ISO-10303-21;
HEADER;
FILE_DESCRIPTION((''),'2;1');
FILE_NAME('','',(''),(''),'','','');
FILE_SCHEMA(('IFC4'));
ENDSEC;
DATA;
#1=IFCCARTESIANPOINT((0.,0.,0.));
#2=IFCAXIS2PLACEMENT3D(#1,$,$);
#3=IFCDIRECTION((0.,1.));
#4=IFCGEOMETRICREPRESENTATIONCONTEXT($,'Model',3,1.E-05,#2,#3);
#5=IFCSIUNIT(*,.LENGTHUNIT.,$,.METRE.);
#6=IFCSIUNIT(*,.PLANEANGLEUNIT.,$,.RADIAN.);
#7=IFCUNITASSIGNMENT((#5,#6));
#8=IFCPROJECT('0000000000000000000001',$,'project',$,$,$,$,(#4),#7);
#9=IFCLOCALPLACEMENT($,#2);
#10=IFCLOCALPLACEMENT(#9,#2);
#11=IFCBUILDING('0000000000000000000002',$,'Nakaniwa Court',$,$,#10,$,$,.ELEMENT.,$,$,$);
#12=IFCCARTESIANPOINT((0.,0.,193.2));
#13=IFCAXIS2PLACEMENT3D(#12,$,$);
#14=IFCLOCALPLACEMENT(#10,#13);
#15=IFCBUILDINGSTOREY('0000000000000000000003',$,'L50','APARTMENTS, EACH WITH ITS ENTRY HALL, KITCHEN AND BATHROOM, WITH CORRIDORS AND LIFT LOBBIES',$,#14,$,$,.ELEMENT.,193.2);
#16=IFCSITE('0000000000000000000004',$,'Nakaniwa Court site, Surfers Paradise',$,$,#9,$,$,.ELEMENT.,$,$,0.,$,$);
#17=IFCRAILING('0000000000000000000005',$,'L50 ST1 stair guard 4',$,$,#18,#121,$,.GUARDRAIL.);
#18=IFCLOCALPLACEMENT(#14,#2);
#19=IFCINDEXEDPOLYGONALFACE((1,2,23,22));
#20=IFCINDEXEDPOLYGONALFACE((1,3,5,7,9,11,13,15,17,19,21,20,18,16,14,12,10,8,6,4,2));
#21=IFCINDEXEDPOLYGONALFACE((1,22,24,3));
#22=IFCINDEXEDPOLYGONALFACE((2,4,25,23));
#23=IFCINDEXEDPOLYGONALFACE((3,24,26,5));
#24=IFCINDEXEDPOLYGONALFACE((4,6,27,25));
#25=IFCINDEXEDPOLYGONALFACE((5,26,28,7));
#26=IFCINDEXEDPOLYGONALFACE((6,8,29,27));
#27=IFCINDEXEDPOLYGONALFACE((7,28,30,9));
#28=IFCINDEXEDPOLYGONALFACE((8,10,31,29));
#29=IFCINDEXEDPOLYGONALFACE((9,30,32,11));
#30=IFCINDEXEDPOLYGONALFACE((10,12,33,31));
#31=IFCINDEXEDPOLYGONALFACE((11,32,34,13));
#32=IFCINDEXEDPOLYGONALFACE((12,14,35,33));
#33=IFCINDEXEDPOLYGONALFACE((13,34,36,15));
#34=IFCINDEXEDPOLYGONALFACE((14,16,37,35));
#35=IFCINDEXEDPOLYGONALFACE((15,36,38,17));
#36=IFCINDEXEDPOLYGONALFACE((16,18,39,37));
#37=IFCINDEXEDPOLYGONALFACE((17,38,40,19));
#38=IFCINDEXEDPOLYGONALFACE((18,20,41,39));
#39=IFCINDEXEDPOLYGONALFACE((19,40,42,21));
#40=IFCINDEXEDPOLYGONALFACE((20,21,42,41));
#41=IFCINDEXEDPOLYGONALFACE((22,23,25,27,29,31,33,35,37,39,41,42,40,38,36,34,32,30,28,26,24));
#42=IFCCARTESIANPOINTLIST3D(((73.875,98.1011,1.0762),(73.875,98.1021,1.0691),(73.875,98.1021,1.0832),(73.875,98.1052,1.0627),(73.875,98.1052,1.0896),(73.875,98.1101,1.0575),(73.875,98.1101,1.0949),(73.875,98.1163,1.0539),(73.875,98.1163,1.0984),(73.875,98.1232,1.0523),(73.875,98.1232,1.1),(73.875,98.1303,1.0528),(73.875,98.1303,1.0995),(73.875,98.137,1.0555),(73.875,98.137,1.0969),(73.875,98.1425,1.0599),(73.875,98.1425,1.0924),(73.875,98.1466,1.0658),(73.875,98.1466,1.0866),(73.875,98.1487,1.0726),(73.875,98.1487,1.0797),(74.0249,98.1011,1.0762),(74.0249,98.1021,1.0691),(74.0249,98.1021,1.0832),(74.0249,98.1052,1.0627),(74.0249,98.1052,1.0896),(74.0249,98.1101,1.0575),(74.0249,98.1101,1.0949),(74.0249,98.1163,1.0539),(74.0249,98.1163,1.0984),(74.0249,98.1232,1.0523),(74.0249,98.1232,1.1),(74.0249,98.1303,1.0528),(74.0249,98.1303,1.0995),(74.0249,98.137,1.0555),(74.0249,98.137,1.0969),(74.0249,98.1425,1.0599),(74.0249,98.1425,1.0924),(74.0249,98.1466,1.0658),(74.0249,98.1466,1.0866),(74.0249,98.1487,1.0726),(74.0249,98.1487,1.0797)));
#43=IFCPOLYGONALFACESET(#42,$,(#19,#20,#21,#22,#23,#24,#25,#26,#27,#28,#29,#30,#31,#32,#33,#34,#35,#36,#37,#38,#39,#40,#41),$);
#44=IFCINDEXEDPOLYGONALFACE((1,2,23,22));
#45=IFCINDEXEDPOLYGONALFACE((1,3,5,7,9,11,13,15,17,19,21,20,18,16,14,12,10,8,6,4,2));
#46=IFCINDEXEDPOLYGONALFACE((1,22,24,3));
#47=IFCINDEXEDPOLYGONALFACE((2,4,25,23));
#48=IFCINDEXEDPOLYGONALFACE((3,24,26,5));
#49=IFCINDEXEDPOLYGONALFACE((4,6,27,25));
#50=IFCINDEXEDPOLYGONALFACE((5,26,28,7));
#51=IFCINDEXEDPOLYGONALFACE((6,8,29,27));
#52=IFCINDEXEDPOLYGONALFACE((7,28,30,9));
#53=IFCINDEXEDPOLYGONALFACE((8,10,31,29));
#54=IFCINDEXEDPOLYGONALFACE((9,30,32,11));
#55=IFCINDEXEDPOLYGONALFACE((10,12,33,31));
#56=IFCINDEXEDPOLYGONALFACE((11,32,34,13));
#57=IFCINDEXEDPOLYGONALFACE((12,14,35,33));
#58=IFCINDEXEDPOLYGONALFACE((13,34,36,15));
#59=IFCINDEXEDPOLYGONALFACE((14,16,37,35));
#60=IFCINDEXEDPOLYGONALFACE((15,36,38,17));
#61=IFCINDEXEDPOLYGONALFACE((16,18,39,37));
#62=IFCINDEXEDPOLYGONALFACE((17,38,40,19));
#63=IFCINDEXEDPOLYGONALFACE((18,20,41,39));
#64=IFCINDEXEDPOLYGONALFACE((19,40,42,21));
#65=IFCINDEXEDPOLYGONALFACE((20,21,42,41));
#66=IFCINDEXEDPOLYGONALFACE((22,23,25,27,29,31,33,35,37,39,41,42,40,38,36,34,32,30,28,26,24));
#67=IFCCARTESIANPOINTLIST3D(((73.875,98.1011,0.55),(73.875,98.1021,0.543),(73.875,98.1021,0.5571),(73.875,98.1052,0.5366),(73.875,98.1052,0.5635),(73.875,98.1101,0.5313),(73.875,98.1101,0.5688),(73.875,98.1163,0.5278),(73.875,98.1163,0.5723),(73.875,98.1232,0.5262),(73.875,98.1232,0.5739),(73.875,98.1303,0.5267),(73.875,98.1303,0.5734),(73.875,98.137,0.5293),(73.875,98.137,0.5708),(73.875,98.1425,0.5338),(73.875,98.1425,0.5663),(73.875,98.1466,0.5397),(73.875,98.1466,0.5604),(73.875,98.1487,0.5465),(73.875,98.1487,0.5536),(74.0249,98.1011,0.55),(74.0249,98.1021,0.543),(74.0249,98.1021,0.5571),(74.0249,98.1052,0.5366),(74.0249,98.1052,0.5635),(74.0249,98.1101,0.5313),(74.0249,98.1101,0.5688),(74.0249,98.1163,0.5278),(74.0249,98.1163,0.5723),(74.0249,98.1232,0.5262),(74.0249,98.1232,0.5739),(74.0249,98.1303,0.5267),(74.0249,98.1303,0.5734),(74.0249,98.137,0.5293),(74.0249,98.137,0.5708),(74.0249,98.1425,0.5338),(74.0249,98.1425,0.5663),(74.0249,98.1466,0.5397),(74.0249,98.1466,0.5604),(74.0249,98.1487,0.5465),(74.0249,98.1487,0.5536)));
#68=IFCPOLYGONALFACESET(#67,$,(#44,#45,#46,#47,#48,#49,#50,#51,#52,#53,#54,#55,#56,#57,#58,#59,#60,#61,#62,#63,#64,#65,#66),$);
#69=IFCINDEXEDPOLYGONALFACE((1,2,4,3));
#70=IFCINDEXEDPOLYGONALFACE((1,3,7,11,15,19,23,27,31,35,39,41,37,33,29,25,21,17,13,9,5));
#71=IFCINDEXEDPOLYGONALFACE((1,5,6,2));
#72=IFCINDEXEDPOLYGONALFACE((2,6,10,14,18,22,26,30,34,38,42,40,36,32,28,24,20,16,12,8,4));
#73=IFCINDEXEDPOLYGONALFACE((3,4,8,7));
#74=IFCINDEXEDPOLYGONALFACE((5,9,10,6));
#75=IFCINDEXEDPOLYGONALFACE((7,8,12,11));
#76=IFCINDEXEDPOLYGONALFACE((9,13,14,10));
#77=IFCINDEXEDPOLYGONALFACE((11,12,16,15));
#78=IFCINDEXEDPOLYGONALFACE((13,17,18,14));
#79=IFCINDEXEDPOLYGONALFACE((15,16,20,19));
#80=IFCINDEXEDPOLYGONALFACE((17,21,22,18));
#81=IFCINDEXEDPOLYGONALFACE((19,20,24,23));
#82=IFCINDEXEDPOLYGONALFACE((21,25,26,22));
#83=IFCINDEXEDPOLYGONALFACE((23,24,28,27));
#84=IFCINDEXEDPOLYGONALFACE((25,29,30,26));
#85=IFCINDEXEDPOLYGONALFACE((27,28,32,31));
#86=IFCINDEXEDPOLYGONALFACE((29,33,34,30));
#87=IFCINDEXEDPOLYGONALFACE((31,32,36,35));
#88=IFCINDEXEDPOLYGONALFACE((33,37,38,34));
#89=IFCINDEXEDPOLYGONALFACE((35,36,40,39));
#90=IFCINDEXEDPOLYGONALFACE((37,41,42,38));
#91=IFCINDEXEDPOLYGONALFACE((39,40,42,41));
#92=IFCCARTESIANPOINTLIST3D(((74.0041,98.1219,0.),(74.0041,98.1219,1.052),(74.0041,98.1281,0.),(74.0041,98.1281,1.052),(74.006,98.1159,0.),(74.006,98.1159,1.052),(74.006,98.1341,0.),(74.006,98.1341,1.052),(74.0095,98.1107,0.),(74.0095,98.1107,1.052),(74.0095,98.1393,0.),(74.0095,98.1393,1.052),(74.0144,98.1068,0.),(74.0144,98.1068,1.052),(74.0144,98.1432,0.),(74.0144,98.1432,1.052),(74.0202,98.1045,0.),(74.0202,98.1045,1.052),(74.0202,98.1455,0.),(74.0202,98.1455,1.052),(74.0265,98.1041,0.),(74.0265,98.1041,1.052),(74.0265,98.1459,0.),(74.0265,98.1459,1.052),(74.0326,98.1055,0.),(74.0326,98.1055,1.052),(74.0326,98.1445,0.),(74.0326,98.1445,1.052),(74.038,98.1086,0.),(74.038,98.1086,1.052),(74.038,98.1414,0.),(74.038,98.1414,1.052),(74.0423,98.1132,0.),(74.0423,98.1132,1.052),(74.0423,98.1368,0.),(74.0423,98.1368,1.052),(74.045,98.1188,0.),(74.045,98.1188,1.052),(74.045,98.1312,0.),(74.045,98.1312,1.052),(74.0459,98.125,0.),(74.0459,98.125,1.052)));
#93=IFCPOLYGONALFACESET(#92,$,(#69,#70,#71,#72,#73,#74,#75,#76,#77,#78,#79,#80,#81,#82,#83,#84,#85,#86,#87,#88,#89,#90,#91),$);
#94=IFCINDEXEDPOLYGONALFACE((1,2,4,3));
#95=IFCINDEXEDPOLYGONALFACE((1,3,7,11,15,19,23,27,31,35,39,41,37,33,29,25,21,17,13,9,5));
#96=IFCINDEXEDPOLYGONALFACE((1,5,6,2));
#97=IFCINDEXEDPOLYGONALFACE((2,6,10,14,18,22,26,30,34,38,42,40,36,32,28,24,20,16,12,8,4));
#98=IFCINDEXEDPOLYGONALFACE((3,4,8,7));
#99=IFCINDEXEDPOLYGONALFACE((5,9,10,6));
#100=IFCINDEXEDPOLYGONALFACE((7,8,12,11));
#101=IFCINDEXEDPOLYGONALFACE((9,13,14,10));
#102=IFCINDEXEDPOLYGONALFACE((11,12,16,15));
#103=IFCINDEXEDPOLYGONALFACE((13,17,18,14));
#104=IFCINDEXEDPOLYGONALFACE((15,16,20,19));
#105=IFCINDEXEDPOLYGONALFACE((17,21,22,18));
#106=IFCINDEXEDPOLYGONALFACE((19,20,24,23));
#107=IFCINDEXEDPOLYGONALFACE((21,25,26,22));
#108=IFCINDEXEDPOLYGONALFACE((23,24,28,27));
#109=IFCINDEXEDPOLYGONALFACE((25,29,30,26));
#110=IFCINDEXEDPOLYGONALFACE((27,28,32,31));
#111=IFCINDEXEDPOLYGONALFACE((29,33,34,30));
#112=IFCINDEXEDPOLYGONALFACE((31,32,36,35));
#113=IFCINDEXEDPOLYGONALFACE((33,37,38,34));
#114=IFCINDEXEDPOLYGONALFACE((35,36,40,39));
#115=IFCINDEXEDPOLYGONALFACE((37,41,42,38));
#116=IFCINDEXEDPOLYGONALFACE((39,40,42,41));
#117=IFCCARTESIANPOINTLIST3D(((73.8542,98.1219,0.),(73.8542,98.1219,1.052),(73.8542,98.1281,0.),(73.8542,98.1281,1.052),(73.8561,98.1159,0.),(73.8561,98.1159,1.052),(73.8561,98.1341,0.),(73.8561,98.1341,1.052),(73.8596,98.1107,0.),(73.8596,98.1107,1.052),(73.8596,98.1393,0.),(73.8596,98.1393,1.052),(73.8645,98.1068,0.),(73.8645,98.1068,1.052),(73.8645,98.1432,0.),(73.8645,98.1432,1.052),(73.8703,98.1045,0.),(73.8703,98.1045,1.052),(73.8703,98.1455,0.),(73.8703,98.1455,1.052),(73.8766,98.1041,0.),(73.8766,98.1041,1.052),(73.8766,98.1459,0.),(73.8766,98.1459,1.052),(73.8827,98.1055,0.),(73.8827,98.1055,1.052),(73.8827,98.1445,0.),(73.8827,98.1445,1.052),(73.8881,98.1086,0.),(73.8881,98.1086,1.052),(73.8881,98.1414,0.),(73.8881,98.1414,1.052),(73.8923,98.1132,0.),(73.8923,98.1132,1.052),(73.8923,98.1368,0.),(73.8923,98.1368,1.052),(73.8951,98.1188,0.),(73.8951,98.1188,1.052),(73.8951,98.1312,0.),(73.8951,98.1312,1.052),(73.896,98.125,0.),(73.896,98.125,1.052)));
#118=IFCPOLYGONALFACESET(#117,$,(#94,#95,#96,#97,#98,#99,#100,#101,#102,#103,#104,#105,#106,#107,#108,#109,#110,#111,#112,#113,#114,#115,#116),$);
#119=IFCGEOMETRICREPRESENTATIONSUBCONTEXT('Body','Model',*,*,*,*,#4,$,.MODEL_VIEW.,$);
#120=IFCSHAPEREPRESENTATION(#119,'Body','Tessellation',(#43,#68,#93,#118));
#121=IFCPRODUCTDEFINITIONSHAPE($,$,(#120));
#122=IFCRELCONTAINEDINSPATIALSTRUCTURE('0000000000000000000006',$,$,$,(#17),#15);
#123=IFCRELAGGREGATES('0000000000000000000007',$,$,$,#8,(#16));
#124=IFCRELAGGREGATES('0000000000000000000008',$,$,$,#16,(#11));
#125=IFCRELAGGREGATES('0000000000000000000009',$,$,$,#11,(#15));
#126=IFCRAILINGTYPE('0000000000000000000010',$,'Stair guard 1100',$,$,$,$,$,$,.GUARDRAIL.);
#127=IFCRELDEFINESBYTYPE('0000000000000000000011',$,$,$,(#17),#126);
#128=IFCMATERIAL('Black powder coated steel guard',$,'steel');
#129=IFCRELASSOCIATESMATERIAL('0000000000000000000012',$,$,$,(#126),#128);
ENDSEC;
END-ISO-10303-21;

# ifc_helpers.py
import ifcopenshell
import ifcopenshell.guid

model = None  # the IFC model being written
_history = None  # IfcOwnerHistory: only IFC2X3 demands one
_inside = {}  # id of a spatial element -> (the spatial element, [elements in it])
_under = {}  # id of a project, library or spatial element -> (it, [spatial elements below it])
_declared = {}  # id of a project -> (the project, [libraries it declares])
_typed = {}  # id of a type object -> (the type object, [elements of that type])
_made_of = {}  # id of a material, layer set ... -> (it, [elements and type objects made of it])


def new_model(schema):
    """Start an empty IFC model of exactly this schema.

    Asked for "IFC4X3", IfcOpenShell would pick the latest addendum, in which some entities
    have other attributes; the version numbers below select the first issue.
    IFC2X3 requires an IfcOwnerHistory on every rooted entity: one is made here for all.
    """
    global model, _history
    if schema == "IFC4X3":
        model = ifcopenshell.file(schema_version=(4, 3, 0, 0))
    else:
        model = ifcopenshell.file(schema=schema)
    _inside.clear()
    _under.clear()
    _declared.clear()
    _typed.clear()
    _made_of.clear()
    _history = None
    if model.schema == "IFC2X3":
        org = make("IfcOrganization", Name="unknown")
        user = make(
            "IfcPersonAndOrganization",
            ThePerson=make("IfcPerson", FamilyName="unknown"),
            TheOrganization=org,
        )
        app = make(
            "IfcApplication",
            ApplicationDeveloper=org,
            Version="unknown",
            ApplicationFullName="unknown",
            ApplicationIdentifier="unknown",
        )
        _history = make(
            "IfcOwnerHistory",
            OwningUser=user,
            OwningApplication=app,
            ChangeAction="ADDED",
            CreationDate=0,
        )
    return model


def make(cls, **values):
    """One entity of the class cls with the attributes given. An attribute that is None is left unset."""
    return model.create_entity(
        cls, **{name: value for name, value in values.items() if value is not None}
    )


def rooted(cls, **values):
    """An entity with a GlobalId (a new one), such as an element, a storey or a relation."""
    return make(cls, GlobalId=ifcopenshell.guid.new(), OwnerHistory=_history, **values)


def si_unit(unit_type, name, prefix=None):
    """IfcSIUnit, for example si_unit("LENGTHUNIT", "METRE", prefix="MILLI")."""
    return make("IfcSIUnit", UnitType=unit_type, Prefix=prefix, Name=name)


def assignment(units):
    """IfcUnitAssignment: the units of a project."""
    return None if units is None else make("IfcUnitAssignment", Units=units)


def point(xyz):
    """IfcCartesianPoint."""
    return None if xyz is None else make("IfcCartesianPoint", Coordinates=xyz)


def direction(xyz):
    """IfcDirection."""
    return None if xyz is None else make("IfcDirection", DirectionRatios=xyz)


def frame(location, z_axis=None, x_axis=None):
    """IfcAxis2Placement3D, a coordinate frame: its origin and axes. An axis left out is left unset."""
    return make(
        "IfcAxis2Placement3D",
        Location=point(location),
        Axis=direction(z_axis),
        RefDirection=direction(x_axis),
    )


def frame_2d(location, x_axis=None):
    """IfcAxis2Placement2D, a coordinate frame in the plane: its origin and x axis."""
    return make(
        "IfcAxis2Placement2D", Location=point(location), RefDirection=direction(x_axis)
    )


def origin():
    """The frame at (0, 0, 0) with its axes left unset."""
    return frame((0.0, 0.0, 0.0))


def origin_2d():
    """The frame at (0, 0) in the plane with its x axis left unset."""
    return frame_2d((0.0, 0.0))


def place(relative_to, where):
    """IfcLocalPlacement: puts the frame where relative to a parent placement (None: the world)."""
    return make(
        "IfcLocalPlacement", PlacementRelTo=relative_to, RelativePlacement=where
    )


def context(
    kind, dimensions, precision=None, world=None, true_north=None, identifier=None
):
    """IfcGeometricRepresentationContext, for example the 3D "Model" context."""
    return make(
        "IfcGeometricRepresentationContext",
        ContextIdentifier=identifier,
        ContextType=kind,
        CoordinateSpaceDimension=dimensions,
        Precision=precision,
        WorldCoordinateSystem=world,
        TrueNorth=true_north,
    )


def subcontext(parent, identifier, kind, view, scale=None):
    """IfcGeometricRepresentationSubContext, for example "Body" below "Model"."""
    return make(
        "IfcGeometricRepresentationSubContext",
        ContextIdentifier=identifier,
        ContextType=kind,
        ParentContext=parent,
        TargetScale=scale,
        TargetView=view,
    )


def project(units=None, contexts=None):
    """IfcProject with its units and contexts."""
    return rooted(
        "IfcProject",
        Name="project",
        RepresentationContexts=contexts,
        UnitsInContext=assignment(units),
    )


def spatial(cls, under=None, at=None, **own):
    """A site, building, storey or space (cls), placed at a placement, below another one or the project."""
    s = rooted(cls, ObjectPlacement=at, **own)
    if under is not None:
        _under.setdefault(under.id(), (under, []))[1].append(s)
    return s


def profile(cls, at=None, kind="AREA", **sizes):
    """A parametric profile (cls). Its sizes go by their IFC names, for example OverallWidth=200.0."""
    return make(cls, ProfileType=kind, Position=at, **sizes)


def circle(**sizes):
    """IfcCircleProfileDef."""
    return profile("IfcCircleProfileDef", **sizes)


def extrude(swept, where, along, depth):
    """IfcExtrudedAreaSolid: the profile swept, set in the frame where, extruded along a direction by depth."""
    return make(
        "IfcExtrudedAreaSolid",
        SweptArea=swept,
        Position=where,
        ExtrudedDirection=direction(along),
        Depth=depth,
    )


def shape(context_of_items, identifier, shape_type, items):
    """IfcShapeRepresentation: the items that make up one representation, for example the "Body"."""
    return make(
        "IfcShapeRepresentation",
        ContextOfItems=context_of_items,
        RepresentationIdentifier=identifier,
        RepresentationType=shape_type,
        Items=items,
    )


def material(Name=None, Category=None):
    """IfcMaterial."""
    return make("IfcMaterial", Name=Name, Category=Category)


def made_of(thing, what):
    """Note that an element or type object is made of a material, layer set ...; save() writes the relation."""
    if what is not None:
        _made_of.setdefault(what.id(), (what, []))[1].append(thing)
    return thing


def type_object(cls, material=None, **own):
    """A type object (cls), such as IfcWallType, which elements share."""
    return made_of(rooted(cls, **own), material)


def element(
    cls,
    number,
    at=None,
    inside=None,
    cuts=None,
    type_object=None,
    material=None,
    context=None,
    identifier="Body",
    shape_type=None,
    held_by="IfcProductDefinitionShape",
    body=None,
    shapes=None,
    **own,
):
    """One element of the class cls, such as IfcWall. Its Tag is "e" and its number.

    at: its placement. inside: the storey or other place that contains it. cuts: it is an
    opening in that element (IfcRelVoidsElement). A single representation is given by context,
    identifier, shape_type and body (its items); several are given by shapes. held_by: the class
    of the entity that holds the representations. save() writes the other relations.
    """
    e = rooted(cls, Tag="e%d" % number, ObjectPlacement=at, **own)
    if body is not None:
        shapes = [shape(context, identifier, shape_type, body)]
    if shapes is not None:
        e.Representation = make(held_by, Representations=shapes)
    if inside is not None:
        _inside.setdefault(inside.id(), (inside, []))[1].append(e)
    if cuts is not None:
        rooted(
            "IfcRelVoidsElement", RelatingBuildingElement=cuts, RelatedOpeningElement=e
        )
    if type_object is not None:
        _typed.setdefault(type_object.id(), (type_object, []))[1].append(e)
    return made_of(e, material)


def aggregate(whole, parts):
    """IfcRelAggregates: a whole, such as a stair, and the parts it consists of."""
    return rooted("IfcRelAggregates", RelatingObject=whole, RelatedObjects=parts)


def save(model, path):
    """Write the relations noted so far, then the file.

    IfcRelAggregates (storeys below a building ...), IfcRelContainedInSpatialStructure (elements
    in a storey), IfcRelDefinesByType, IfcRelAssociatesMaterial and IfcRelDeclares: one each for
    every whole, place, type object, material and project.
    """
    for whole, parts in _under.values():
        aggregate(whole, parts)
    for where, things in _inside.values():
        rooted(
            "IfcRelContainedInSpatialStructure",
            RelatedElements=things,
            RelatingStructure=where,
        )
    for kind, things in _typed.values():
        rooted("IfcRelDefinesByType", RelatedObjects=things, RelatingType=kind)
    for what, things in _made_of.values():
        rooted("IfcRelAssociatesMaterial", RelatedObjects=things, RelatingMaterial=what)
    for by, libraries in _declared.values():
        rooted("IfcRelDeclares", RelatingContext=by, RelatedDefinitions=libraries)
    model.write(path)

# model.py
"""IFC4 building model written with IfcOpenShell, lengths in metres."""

from ifc_helpers import new_model, si_unit, direction, frame, origin, origin_2d, place, context, subcontext, project, spatial, circle, extrude, material, type_object, element, save


model = new_model("IFC4")

# Units and contexts
model_context = context("Model", 3, precision=1e-05, world=origin(), true_north=direction((0.0, 1.0)))
body_context = subcontext(model_context, "Body", "Model", "MODEL_VIEW")
ifc_project = project(units=[si_unit("LENGTHUNIT", "METRE"), si_unit("PLANEANGLEUNIT", "RADIAN")], contexts=[model_context])

# Site, building, storey
site_placement = place(None, origin())
site = spatial("IfcSite", under=ifc_project, at=site_placement, Name="Nakaniwa Court site, Surfers Paradise", CompositionType="ELEMENT", RefElevation=0.0)
building_placement = place(site_placement, origin())
building = spatial("IfcBuilding", under=site, at=building_placement, Name="Nakaniwa Court", CompositionType="ELEMENT")
storey_placement = place(building_placement, frame((0.0, 0.0, 193.2)))
storey = spatial("IfcBuildingStorey", under=building, at=storey_placement, Name="L50", Description="APARTMENTS, EACH WITH ITS ENTRY HALL, KITCHEN AND BATHROOM, WITH CORRIDORS AND LIFT LOBBIES", CompositionType="ELEMENT", Elevation=193.2)

# Railing
ifc_material_1 = material(Name="Black powder coated steel guard", Category="steel")
railing_type_1 = type_object("IfcRailingType", Name="Stair guard 1100", PredefinedType="GUARDRAIL", material=ifc_material_1)
railing_1_placement = place(storey_placement, frame((74.0249, 98.125, 0.0)))
element("IfcRailing", 1, at=railing_1_placement, inside=storey, type_object=railing_type_1, Name="L50 ST1 stair guard 4", PredefinedType="GUARDRAIL", context=body_context, shape_type="SweptSolid", body=[
    extrude(circle(Radius=0.0239, at=origin_2d()), frame((0.0, 0.0, 1.0762), z_axis=(-1.0, 0.0, 0.0), x_axis=(0.0, -1.0, 0.0)), (0.0, 0.0, 1.0), 0.1499),
    extrude(circle(Radius=0.0239, at=origin_2d()), frame((0.0, 0.0, 0.55), z_axis=(-1.0, 0.0, 0.0), x_axis=(0.0, -1.0, 0.0)), (0.0, 0.0, 1.0), 0.1499),
    extrude(circle(Radius=0.021, at=origin_2d()), origin(), (0.0, 0.0, 1.0), 1.052),
    extrude(circle(Radius=0.021, at=origin_2d()), frame((-0.1499, 0.0, 0.0)), (0.0, 0.0, 1.0), 1.052),
])

save(model, "model.ifc")
